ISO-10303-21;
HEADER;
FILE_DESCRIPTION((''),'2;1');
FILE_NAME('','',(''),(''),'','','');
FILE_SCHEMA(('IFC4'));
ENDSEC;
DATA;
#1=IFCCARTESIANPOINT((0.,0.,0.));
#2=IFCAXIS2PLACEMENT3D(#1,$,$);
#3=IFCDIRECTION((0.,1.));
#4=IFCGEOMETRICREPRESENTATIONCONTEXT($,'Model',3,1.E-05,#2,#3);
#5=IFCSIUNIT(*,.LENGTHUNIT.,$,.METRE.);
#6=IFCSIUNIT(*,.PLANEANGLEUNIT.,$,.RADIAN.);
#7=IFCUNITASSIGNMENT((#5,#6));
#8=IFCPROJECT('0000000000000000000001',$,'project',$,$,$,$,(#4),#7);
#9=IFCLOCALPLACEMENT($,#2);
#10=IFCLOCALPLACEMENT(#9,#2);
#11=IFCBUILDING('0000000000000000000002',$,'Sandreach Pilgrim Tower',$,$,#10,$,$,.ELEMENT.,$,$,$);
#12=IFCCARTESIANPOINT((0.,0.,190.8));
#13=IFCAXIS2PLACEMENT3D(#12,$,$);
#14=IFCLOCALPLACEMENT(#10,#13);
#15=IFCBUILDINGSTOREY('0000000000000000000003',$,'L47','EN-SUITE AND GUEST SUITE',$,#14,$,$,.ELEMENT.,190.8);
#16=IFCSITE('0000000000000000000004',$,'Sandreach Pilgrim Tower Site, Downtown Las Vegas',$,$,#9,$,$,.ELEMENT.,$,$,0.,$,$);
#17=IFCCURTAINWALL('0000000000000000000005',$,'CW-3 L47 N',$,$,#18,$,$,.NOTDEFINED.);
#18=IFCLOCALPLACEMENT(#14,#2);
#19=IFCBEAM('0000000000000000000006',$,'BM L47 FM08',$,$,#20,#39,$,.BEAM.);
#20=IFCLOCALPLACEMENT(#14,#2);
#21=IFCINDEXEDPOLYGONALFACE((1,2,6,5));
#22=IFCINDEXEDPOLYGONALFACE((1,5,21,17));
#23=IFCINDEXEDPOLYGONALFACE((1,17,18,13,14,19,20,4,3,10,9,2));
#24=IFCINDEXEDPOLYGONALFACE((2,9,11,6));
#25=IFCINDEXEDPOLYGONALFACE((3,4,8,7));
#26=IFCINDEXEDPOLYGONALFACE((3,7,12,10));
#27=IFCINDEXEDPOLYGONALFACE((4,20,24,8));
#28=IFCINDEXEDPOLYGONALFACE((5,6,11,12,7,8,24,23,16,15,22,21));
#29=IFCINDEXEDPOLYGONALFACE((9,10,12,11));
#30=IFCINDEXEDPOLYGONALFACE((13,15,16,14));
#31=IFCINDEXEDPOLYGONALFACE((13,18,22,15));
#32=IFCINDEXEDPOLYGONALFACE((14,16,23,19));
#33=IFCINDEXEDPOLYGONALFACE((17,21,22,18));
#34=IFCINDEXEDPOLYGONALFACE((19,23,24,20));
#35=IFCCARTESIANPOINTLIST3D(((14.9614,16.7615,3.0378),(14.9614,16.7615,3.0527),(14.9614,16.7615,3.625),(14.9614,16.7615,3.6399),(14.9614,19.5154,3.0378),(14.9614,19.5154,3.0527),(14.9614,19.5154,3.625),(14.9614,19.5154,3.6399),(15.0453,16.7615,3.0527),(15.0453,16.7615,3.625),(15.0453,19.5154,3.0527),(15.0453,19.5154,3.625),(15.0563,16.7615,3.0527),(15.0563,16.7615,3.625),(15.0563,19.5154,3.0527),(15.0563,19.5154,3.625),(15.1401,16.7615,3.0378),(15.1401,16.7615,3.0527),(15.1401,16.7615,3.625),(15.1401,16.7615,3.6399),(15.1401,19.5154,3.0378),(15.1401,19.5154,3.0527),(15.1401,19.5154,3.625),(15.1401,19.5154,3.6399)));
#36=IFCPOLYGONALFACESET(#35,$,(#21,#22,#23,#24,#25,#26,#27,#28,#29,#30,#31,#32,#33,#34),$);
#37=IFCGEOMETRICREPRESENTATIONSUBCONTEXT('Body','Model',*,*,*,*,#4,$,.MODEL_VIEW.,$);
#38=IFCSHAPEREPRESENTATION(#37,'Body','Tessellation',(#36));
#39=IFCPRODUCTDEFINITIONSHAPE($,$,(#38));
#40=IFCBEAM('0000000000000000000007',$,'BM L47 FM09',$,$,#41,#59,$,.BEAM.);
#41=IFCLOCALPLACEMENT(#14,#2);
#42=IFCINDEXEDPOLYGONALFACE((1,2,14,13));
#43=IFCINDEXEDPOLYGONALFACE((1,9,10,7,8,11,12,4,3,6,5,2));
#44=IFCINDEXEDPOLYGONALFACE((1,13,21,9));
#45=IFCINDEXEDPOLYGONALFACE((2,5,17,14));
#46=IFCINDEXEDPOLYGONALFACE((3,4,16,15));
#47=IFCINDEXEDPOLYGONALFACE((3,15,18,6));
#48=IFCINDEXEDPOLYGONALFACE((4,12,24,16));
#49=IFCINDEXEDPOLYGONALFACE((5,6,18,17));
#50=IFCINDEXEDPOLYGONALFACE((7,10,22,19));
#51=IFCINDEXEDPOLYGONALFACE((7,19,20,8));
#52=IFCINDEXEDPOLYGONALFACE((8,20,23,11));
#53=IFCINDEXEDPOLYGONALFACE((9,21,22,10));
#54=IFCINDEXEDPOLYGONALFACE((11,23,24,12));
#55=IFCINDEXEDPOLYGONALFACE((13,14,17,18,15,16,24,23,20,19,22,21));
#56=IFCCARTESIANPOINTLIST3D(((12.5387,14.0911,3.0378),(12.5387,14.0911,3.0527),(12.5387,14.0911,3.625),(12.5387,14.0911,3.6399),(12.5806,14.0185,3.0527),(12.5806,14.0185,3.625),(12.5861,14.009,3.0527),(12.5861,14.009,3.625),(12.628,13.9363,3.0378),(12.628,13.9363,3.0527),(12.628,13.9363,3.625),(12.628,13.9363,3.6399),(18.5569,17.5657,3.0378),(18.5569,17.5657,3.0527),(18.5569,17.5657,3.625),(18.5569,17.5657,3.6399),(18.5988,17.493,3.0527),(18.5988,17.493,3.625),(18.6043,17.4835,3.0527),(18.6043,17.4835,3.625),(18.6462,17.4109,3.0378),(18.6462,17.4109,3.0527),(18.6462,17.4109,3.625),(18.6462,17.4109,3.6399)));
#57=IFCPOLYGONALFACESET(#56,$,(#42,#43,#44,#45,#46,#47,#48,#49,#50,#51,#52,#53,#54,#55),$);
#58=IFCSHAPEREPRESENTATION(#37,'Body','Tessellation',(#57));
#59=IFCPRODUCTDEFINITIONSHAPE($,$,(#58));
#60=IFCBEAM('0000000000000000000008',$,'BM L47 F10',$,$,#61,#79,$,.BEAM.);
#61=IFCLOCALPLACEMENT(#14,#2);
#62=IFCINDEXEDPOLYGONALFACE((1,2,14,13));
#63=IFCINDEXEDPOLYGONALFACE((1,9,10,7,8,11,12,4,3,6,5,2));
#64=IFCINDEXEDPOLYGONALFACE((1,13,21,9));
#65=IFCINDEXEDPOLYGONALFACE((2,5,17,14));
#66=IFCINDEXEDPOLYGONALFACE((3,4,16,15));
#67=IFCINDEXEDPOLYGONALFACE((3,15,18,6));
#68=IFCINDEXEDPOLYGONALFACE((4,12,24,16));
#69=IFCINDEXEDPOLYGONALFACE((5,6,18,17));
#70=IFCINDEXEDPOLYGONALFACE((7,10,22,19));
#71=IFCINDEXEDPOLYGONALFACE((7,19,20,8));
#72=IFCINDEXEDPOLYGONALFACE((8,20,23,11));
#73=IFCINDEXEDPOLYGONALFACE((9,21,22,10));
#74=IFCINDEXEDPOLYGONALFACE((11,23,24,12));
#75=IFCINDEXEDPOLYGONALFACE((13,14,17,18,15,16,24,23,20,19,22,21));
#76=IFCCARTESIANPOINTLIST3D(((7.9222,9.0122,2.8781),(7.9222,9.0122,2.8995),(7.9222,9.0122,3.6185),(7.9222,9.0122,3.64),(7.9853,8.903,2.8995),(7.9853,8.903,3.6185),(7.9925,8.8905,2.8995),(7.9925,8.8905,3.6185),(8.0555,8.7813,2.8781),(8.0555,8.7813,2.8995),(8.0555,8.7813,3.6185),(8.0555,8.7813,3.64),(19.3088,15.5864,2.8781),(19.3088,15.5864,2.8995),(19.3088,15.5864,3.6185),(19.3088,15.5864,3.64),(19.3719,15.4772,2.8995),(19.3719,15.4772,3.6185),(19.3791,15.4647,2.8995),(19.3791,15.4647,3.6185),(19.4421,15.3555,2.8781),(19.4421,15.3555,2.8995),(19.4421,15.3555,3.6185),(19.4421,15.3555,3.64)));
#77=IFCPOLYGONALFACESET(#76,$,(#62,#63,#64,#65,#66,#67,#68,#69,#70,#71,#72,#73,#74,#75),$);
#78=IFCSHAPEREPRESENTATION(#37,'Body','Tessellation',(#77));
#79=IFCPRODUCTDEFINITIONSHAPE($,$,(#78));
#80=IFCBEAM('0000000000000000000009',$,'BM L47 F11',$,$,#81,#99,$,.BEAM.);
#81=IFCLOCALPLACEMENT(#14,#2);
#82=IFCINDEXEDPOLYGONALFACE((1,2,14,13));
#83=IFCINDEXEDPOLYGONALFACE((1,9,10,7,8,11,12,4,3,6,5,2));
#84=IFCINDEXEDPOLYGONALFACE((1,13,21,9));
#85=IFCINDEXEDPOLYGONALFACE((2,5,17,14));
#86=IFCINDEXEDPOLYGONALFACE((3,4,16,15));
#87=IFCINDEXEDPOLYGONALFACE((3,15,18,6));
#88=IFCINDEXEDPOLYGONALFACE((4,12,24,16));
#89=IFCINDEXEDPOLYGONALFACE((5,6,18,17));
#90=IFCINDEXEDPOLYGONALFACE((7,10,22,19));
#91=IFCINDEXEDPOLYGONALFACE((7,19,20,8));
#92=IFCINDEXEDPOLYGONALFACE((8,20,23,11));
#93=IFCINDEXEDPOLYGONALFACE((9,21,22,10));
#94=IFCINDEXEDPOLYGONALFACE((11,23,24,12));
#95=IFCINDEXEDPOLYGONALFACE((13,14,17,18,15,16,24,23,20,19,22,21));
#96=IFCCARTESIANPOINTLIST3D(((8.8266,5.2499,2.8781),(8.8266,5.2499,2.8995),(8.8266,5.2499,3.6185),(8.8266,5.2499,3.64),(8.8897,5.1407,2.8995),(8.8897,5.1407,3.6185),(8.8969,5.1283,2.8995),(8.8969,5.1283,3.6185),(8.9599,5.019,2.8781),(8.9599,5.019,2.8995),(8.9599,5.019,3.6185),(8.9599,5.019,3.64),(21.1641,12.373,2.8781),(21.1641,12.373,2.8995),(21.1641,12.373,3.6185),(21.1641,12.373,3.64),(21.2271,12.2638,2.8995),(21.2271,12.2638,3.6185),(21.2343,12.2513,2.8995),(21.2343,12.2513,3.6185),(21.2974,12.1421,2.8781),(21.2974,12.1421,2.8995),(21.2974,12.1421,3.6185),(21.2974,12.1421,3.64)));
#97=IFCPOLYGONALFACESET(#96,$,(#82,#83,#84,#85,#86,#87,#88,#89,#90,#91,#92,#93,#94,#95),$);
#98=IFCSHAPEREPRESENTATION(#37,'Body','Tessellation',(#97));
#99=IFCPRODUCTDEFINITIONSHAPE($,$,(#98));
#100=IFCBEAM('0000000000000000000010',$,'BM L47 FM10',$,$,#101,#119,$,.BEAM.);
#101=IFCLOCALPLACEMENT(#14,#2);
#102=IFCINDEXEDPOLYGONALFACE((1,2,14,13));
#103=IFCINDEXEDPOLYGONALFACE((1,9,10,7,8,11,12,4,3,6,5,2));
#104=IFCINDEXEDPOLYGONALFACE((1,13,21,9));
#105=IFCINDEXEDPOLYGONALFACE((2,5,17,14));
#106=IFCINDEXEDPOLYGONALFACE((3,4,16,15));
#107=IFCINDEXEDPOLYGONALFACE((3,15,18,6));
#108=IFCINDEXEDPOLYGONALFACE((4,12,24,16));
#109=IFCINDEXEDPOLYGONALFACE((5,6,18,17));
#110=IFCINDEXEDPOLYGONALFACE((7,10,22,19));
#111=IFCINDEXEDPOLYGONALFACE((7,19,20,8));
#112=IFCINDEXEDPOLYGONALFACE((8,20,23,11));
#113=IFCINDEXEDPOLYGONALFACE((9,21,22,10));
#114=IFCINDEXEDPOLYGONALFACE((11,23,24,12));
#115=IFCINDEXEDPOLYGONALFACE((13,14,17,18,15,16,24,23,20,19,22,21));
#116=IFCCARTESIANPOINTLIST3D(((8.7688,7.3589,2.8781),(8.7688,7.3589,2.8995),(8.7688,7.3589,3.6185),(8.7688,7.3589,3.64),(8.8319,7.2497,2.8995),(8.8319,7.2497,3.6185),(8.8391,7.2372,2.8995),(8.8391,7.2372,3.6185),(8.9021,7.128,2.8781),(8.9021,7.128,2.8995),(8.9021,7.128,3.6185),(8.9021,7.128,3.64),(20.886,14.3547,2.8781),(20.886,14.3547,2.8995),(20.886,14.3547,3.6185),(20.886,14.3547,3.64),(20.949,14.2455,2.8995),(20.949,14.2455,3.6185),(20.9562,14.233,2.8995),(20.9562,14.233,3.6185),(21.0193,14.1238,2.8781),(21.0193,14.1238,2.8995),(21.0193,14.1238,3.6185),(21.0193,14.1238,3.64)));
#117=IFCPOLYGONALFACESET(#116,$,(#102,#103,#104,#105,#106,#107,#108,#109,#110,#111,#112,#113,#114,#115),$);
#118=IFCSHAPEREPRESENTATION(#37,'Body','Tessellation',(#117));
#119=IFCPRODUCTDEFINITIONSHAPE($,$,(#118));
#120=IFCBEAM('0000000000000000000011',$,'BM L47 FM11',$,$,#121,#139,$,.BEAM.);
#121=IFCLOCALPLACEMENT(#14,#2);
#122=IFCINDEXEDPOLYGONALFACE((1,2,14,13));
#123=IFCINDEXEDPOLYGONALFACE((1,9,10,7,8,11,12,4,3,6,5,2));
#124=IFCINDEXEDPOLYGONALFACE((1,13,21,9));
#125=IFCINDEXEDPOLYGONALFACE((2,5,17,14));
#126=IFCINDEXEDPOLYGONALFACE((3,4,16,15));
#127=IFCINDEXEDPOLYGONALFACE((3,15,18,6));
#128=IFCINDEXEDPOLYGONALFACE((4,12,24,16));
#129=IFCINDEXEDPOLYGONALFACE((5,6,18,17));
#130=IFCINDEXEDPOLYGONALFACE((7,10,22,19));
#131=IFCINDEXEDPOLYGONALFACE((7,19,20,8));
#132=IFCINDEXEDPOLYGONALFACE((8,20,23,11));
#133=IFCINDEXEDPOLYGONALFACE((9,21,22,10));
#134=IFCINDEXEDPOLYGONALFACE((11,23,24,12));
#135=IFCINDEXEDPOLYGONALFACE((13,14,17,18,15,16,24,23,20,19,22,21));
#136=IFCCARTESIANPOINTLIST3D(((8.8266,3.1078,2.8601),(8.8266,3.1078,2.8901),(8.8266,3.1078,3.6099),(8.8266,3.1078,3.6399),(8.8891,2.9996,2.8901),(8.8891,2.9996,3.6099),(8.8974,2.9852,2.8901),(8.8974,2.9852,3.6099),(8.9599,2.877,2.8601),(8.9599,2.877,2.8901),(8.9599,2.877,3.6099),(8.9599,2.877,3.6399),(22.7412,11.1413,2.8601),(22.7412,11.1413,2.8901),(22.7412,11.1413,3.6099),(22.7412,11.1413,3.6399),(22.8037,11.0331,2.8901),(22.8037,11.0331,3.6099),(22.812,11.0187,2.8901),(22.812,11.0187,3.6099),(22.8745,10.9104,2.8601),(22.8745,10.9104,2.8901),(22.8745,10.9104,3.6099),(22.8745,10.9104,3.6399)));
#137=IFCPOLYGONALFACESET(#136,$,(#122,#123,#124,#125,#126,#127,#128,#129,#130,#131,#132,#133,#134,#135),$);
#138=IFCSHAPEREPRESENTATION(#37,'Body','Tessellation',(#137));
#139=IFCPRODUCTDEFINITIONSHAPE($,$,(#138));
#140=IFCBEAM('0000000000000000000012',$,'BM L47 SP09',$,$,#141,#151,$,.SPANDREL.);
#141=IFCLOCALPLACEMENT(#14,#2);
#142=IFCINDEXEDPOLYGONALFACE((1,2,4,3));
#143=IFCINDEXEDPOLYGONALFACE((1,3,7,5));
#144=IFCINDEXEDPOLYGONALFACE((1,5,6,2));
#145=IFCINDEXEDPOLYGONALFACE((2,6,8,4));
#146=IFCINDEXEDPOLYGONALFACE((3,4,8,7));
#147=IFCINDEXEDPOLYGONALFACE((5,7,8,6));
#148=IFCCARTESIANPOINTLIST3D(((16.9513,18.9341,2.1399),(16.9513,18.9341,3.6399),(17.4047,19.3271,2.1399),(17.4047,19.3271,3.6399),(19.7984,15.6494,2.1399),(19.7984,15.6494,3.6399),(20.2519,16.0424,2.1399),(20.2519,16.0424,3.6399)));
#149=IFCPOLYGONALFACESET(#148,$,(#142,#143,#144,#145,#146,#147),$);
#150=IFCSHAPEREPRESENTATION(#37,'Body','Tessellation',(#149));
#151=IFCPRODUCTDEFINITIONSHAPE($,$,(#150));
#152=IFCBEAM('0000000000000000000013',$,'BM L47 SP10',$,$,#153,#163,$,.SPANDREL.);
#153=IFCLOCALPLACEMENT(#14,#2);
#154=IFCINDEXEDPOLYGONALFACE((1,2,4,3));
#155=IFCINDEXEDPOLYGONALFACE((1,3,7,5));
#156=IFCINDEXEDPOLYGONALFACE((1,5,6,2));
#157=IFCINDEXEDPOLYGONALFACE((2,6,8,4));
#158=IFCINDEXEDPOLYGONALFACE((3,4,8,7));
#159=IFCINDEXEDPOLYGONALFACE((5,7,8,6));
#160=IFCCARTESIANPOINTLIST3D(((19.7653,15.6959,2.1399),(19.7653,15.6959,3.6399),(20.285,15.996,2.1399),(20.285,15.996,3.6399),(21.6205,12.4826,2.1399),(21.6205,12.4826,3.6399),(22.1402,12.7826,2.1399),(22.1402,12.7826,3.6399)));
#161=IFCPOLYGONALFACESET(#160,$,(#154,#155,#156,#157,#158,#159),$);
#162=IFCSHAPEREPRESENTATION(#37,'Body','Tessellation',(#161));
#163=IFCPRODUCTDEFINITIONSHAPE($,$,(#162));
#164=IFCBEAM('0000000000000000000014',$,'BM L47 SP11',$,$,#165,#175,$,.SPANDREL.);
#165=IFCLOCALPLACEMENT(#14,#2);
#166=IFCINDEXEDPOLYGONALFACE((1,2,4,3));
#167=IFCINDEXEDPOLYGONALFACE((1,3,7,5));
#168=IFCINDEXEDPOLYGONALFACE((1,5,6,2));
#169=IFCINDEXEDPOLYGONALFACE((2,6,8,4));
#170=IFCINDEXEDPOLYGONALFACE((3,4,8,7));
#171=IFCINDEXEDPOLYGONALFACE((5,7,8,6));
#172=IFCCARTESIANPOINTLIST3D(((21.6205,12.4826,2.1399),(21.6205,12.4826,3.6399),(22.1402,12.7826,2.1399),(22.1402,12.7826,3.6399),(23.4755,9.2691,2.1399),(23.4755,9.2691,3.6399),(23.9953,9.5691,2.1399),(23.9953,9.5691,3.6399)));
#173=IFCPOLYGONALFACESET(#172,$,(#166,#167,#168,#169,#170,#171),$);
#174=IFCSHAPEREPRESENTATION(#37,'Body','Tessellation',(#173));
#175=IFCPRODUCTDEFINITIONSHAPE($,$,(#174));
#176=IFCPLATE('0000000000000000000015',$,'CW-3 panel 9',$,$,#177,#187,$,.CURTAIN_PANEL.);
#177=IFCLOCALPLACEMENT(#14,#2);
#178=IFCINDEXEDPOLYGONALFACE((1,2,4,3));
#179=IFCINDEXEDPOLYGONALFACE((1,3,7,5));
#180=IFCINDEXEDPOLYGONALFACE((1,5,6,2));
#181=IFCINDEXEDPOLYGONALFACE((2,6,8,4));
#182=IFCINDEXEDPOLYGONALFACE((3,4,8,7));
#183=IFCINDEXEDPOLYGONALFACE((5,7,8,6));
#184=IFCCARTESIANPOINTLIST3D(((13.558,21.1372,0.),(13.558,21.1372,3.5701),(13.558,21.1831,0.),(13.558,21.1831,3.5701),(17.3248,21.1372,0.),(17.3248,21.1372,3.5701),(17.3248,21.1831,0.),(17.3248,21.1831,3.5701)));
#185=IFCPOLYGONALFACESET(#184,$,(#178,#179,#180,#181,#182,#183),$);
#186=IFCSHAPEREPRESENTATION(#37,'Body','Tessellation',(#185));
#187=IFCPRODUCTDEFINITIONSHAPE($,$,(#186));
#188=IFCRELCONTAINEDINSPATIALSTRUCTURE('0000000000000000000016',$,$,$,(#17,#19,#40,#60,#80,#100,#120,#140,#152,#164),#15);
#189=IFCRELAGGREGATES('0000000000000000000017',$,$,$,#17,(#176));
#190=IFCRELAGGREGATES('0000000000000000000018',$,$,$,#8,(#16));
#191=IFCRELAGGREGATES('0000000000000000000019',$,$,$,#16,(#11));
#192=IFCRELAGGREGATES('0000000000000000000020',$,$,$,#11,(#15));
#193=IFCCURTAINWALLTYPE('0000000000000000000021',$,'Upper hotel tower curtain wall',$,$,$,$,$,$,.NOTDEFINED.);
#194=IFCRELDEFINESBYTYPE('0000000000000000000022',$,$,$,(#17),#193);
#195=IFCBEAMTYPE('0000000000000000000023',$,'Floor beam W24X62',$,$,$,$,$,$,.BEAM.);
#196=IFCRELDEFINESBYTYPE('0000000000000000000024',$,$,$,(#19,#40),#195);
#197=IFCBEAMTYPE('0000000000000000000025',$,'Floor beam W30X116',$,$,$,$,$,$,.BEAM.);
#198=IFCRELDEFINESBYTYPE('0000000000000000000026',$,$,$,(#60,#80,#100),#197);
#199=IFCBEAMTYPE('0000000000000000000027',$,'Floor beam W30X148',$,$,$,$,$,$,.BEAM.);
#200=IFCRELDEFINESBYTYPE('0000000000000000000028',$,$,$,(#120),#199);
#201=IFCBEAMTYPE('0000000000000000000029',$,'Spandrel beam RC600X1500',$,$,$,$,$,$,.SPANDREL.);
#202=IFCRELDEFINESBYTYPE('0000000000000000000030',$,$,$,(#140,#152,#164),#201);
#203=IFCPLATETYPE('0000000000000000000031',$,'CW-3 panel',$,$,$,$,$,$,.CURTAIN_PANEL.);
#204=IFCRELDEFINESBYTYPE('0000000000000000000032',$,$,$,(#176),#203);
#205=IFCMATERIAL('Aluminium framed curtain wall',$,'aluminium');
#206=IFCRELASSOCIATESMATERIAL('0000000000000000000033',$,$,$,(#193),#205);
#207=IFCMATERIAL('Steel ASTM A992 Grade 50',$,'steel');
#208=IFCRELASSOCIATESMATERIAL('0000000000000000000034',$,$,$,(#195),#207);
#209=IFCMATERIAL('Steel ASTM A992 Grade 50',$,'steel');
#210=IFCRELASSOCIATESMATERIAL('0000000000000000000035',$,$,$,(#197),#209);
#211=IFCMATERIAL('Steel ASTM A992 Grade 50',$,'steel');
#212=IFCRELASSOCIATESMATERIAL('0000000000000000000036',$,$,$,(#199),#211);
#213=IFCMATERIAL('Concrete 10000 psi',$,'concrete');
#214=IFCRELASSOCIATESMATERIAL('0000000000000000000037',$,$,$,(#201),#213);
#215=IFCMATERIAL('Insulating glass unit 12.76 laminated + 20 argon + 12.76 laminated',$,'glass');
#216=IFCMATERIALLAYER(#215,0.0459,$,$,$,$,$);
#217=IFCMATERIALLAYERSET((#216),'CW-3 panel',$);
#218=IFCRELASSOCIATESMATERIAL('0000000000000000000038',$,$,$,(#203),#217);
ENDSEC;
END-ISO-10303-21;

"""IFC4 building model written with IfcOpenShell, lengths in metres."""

from ifc_helpers import new_model, si_unit, direction, frame, origin, origin_2d, place, context, subcontext, project, spatial, rectangle, i_section, extrude, material, layer, layer_set, material_profile, profile_set, type_object, element, aggregate, save


model = new_model("IFC4")

# Units and contexts
model_context = context("Model", 3, precision=1e-05, world=origin(), true_north=direction((0.0, 1.0)))
body_context = subcontext(model_context, "Body", "Model", "MODEL_VIEW")
ifc_project = project(units=[si_unit("LENGTHUNIT", "METRE"), si_unit("PLANEANGLEUNIT", "RADIAN")], contexts=[model_context])

# Site, building, storey
site_placement = place(None, origin())
site = spatial("IfcSite", under=ifc_project, at=site_placement, Name="Sandreach Pilgrim Tower Site, Downtown Las Vegas", CompositionType="ELEMENT", RefElevation=0.0)
building_placement = place(site_placement, origin())
building = spatial("IfcBuilding", under=site, at=building_placement, Name="Sandreach Pilgrim Tower", CompositionType="ELEMENT")
storey_placement = place(building_placement, frame((0.0, 0.0, 190.8)))
storey = spatial("IfcBuildingStorey", under=building, at=storey_placement, Name="L47", Description="EN-SUITE AND GUEST SUITE", CompositionType="ELEMENT", Elevation=190.8)

# Curtain wall
ifc_material_1 = material(Name="Aluminium framed curtain wall", Category="aluminium")
curtain_wall_type = type_object("IfcCurtainWallType", Name="Upper hotel tower curtain wall", PredefinedType="NOTDEFINED", material=ifc_material_1)
curtain_wall_1_placement = place(storey_placement, origin())
curtain_wall_1 = element("IfcCurtainWall", 1, at=curtain_wall_1_placement, inside=storey, type_object=curtain_wall_type, Name="CW-3 L47 N", PredefinedType="NOTDEFINED")

# Beams
ifc_material_2 = material(Name="Steel ASTM A992 Grade 50", Category="steel")
ifc_material_profile_1 = material_profile(ifc_material_2, i_section(OverallWidth=0.1787, OverallDepth=0.6021, WebThickness=0.011, FlangeThickness=0.0149, at=origin_2d()), Name="W24X62")
ifc_profile_set_1 = profile_set([ifc_material_profile_1], Name="Steel ASTM A992 Grade 50")
beam_type_1 = type_object("IfcBeamType", Name="Floor beam W24X62", PredefinedType="BEAM", material=ifc_profile_set_1)
beam_1_placement = place(storey_placement, frame((15.0508, 19.5154, 3.3389), z_axis=(0.0, -1.0, 0.0), x_axis=(1.0, 0.0, 0.0)))
element("IfcBeam", 2, at=beam_1_placement, inside=storey, type_object=beam_type_1, Name="BM L47 FM08", PredefinedType="BEAM", context=body_context, shape_type="SweptSolid", body=[
    extrude(i_section(OverallWidth=0.1787, OverallDepth=0.6021, WebThickness=0.011, FlangeThickness=0.0149, at=origin_2d()), origin(), (0.0, 0.0, 1.0), 2.7539),
])
beam_2_placement = place(storey_placement, frame((18.6016, 17.4883, 3.3389), z_axis=(-0.866029, -0.499993, 0.0), x_axis=(0.499993, -0.866029, 0.0)))
element("IfcBeam", 3, at=beam_2_placement, inside=storey, type_object=beam_type_1, Name="BM L47 FM09", PredefinedType="BEAM", context=body_context, shape_type="SweptSolid", body=[
    extrude(i_section(OverallWidth=0.1787, OverallDepth=0.6021, WebThickness=0.011, FlangeThickness=0.0149, at=origin_2d()), origin(), (0.0, 0.0, 1.0), 6.9492),
])
ifc_material_3 = material(Name="Steel ASTM A992 Grade 50", Category="steel")
ifc_material_profile_2 = material_profile(ifc_material_3, i_section(OverallWidth=0.2666, OverallDepth=0.762, WebThickness=0.0144, FlangeThickness=0.0215, at=origin_2d()), Name="W30X116")
ifc_profile_set_2 = profile_set([ifc_material_profile_2], Name="Steel ASTM A992 Grade 50")
beam_type_2 = type_object("IfcBeamType", Name="Floor beam W30X116", PredefinedType="BEAM", material=ifc_profile_set_2)
beam_3_placement = place(storey_placement, frame((19.3755, 15.4709, 3.259), z_axis=(-0.866022, -0.500005, 0.0), x_axis=(0.500005, -0.866022, 0.0)))
element("IfcBeam", 4, at=beam_3_placement, inside=storey, type_object=beam_type_2, Name="BM L47 F10", PredefinedType="BEAM", context=body_context, shape_type="SweptSolid", body=[
    extrude(i_section(OverallWidth=0.2666, OverallDepth=0.762, WebThickness=0.0144, FlangeThickness=0.0215, at=origin_2d()), origin(), (0.0, 0.0, 1.0), 13.1482),
])
beam_4_placement = place(storey_placement, frame((21.2307, 12.2576, 3.259), z_axis=(-0.866024, -0.500002, 0.0), x_axis=(0.500002, -0.866024, 0.0)))
element("IfcBeam", 5, at=beam_4_placement, inside=storey, type_object=beam_type_2, Name="BM L47 F11", PredefinedType="BEAM", context=body_context, shape_type="SweptSolid", body=[
    extrude(i_section(OverallWidth=0.2666, OverallDepth=0.762, WebThickness=0.0144, FlangeThickness=0.0215, at=origin_2d()), origin(), (0.0, 0.0, 1.0), 14.2461),
])
beam_5_placement = place(storey_placement, frame((20.9526, 14.2393, 3.259), z_axis=(-0.866026, -0.499999, 0.0), x_axis=(0.499999, -0.866026, 0.0)))
element("IfcBeam", 6, at=beam_5_placement, inside=storey, type_object=beam_type_2, Name="BM L47 FM10", PredefinedType="BEAM", context=body_context, shape_type="SweptSolid", body=[
    extrude(i_section(OverallWidth=0.2666, OverallDepth=0.762, WebThickness=0.0144, FlangeThickness=0.0215, at=origin_2d()), origin(), (0.0, 0.0, 1.0), 13.9917),
])
ifc_material_4 = material(Name="Steel ASTM A992 Grade 50", Category="steel")
ifc_material_profile_3 = material_profile(ifc_material_4, i_section(OverallWidth=0.2666, OverallDepth=0.7798, WebThickness=0.0166, FlangeThickness=0.03, at=origin_2d()), Name="W30X148")
ifc_profile_set_3 = profile_set([ifc_material_profile_3], Name="Steel ASTM A992 Grade 50")
beam_type_3 = type_object("IfcBeamType", Name="Floor beam W30X148", PredefinedType="BEAM", material=ifc_profile_set_3)
beam_6_placement = place(storey_placement, frame((22.8079, 11.0259, 3.25), z_axis=(-0.866029, -0.499994, 0.0), x_axis=(0.499994, -0.866029, 0.0)))
element("IfcBeam", 7, at=beam_6_placement, inside=storey, type_object=beam_type_3, Name="BM L47 FM11", PredefinedType="BEAM", context=body_context, shape_type="SweptSolid", body=[
    extrude(i_section(OverallWidth=0.2666, OverallDepth=0.7798, WebThickness=0.0166, FlangeThickness=0.03, at=origin_2d()), origin(), (0.0, 0.0, 1.0), 16.0671),
])
ifc_material_5 = material(Name="Concrete 10000 psi", Category="concrete")
ifc_material_profile_4 = material_profile(ifc_material_5, rectangle(XDim=0.6001, YDim=1.5, at=origin_2d()), Name="RC600X1500")
ifc_profile_set_4 = profile_set([ifc_material_profile_4], Name="Concrete 10000 psi")
beam_type_4 = type_object("IfcBeamType", Name="Spandrel beam RC600X1500", PredefinedType="SPANDREL", material=ifc_profile_set_4)
beam_7_placement = place(storey_placement, frame((17.178, 19.1306, 2.8899), z_axis=(0.65499, -0.755637, 0.0), x_axis=(0.755637, 0.65499, 0.0)))
element("IfcBeam", 8, at=beam_7_placement, inside=storey, type_object=beam_type_4, Name="BM L47 SP09", PredefinedType="SPANDREL", context=body_context, shape_type="SweptSolid", body=[
    extrude(rectangle(XDim=0.6001, YDim=1.5, at=origin_2d()), origin(), (0.0, 0.0, 1.0), 4.3469),
])
for number, where, z_axis, x_axis, name in (
    (9, (20.0251, 15.8459, 2.8899), (0.499996, -0.866028, 0.0), (0.866028, 0.499996, 0.0), "BM L47 SP10"),
    (10, (21.8804, 12.6326, 2.8899), (0.499946, -0.866056, 0.0), (0.866056, 0.499946, 0.0), "BM L47 SP11"),
):
    element("IfcBeam", number, at=place(storey_placement, frame(where, z_axis=z_axis, x_axis=x_axis)), inside=storey, type_object=beam_type_4, Name=name, PredefinedType="SPANDREL", context=body_context, shape_type="SweptSolid", body=[
        extrude(rectangle(XDim=0.6001, YDim=1.5, at=origin_2d()), origin(), (0.0, 0.0, 1.0), 3.7104),
    ])

# Plate
ifc_material_6 = material(Name="Insulating glass unit 12.76 laminated + 20 argon + 12.76 laminated", Category="glass")
ifc_layer_1 = layer(ifc_material_6, 0.0459)
ifc_layer_set_1 = layer_set([ifc_layer_1], Name="CW-3 panel")
plate_type = type_object("IfcPlateType", Name="CW-3 panel", PredefinedType="CURTAIN_PANEL", material=ifc_layer_set_1)
plate_1_placement = place(storey_placement, frame((15.4414, 21.1602, 0.0), z_axis=(0.0, 0.0, 1.0), x_axis=(1.0, 0.0, 0.0)))
plate_1 = element("IfcPlate", 11, at=plate_1_placement, type_object=plate_type, Name="CW-3 panel 9", PredefinedType="CURTAIN_PANEL", context=body_context, shape_type="SweptSolid", body=[
    extrude(rectangle(XDim=3.7668, YDim=0.0459, at=origin_2d()), origin(), (0.0, 0.0, 1.0), 3.5701),
])
aggregate(curtain_wall_1, [plate_1])

save(model, "model.ifc")
